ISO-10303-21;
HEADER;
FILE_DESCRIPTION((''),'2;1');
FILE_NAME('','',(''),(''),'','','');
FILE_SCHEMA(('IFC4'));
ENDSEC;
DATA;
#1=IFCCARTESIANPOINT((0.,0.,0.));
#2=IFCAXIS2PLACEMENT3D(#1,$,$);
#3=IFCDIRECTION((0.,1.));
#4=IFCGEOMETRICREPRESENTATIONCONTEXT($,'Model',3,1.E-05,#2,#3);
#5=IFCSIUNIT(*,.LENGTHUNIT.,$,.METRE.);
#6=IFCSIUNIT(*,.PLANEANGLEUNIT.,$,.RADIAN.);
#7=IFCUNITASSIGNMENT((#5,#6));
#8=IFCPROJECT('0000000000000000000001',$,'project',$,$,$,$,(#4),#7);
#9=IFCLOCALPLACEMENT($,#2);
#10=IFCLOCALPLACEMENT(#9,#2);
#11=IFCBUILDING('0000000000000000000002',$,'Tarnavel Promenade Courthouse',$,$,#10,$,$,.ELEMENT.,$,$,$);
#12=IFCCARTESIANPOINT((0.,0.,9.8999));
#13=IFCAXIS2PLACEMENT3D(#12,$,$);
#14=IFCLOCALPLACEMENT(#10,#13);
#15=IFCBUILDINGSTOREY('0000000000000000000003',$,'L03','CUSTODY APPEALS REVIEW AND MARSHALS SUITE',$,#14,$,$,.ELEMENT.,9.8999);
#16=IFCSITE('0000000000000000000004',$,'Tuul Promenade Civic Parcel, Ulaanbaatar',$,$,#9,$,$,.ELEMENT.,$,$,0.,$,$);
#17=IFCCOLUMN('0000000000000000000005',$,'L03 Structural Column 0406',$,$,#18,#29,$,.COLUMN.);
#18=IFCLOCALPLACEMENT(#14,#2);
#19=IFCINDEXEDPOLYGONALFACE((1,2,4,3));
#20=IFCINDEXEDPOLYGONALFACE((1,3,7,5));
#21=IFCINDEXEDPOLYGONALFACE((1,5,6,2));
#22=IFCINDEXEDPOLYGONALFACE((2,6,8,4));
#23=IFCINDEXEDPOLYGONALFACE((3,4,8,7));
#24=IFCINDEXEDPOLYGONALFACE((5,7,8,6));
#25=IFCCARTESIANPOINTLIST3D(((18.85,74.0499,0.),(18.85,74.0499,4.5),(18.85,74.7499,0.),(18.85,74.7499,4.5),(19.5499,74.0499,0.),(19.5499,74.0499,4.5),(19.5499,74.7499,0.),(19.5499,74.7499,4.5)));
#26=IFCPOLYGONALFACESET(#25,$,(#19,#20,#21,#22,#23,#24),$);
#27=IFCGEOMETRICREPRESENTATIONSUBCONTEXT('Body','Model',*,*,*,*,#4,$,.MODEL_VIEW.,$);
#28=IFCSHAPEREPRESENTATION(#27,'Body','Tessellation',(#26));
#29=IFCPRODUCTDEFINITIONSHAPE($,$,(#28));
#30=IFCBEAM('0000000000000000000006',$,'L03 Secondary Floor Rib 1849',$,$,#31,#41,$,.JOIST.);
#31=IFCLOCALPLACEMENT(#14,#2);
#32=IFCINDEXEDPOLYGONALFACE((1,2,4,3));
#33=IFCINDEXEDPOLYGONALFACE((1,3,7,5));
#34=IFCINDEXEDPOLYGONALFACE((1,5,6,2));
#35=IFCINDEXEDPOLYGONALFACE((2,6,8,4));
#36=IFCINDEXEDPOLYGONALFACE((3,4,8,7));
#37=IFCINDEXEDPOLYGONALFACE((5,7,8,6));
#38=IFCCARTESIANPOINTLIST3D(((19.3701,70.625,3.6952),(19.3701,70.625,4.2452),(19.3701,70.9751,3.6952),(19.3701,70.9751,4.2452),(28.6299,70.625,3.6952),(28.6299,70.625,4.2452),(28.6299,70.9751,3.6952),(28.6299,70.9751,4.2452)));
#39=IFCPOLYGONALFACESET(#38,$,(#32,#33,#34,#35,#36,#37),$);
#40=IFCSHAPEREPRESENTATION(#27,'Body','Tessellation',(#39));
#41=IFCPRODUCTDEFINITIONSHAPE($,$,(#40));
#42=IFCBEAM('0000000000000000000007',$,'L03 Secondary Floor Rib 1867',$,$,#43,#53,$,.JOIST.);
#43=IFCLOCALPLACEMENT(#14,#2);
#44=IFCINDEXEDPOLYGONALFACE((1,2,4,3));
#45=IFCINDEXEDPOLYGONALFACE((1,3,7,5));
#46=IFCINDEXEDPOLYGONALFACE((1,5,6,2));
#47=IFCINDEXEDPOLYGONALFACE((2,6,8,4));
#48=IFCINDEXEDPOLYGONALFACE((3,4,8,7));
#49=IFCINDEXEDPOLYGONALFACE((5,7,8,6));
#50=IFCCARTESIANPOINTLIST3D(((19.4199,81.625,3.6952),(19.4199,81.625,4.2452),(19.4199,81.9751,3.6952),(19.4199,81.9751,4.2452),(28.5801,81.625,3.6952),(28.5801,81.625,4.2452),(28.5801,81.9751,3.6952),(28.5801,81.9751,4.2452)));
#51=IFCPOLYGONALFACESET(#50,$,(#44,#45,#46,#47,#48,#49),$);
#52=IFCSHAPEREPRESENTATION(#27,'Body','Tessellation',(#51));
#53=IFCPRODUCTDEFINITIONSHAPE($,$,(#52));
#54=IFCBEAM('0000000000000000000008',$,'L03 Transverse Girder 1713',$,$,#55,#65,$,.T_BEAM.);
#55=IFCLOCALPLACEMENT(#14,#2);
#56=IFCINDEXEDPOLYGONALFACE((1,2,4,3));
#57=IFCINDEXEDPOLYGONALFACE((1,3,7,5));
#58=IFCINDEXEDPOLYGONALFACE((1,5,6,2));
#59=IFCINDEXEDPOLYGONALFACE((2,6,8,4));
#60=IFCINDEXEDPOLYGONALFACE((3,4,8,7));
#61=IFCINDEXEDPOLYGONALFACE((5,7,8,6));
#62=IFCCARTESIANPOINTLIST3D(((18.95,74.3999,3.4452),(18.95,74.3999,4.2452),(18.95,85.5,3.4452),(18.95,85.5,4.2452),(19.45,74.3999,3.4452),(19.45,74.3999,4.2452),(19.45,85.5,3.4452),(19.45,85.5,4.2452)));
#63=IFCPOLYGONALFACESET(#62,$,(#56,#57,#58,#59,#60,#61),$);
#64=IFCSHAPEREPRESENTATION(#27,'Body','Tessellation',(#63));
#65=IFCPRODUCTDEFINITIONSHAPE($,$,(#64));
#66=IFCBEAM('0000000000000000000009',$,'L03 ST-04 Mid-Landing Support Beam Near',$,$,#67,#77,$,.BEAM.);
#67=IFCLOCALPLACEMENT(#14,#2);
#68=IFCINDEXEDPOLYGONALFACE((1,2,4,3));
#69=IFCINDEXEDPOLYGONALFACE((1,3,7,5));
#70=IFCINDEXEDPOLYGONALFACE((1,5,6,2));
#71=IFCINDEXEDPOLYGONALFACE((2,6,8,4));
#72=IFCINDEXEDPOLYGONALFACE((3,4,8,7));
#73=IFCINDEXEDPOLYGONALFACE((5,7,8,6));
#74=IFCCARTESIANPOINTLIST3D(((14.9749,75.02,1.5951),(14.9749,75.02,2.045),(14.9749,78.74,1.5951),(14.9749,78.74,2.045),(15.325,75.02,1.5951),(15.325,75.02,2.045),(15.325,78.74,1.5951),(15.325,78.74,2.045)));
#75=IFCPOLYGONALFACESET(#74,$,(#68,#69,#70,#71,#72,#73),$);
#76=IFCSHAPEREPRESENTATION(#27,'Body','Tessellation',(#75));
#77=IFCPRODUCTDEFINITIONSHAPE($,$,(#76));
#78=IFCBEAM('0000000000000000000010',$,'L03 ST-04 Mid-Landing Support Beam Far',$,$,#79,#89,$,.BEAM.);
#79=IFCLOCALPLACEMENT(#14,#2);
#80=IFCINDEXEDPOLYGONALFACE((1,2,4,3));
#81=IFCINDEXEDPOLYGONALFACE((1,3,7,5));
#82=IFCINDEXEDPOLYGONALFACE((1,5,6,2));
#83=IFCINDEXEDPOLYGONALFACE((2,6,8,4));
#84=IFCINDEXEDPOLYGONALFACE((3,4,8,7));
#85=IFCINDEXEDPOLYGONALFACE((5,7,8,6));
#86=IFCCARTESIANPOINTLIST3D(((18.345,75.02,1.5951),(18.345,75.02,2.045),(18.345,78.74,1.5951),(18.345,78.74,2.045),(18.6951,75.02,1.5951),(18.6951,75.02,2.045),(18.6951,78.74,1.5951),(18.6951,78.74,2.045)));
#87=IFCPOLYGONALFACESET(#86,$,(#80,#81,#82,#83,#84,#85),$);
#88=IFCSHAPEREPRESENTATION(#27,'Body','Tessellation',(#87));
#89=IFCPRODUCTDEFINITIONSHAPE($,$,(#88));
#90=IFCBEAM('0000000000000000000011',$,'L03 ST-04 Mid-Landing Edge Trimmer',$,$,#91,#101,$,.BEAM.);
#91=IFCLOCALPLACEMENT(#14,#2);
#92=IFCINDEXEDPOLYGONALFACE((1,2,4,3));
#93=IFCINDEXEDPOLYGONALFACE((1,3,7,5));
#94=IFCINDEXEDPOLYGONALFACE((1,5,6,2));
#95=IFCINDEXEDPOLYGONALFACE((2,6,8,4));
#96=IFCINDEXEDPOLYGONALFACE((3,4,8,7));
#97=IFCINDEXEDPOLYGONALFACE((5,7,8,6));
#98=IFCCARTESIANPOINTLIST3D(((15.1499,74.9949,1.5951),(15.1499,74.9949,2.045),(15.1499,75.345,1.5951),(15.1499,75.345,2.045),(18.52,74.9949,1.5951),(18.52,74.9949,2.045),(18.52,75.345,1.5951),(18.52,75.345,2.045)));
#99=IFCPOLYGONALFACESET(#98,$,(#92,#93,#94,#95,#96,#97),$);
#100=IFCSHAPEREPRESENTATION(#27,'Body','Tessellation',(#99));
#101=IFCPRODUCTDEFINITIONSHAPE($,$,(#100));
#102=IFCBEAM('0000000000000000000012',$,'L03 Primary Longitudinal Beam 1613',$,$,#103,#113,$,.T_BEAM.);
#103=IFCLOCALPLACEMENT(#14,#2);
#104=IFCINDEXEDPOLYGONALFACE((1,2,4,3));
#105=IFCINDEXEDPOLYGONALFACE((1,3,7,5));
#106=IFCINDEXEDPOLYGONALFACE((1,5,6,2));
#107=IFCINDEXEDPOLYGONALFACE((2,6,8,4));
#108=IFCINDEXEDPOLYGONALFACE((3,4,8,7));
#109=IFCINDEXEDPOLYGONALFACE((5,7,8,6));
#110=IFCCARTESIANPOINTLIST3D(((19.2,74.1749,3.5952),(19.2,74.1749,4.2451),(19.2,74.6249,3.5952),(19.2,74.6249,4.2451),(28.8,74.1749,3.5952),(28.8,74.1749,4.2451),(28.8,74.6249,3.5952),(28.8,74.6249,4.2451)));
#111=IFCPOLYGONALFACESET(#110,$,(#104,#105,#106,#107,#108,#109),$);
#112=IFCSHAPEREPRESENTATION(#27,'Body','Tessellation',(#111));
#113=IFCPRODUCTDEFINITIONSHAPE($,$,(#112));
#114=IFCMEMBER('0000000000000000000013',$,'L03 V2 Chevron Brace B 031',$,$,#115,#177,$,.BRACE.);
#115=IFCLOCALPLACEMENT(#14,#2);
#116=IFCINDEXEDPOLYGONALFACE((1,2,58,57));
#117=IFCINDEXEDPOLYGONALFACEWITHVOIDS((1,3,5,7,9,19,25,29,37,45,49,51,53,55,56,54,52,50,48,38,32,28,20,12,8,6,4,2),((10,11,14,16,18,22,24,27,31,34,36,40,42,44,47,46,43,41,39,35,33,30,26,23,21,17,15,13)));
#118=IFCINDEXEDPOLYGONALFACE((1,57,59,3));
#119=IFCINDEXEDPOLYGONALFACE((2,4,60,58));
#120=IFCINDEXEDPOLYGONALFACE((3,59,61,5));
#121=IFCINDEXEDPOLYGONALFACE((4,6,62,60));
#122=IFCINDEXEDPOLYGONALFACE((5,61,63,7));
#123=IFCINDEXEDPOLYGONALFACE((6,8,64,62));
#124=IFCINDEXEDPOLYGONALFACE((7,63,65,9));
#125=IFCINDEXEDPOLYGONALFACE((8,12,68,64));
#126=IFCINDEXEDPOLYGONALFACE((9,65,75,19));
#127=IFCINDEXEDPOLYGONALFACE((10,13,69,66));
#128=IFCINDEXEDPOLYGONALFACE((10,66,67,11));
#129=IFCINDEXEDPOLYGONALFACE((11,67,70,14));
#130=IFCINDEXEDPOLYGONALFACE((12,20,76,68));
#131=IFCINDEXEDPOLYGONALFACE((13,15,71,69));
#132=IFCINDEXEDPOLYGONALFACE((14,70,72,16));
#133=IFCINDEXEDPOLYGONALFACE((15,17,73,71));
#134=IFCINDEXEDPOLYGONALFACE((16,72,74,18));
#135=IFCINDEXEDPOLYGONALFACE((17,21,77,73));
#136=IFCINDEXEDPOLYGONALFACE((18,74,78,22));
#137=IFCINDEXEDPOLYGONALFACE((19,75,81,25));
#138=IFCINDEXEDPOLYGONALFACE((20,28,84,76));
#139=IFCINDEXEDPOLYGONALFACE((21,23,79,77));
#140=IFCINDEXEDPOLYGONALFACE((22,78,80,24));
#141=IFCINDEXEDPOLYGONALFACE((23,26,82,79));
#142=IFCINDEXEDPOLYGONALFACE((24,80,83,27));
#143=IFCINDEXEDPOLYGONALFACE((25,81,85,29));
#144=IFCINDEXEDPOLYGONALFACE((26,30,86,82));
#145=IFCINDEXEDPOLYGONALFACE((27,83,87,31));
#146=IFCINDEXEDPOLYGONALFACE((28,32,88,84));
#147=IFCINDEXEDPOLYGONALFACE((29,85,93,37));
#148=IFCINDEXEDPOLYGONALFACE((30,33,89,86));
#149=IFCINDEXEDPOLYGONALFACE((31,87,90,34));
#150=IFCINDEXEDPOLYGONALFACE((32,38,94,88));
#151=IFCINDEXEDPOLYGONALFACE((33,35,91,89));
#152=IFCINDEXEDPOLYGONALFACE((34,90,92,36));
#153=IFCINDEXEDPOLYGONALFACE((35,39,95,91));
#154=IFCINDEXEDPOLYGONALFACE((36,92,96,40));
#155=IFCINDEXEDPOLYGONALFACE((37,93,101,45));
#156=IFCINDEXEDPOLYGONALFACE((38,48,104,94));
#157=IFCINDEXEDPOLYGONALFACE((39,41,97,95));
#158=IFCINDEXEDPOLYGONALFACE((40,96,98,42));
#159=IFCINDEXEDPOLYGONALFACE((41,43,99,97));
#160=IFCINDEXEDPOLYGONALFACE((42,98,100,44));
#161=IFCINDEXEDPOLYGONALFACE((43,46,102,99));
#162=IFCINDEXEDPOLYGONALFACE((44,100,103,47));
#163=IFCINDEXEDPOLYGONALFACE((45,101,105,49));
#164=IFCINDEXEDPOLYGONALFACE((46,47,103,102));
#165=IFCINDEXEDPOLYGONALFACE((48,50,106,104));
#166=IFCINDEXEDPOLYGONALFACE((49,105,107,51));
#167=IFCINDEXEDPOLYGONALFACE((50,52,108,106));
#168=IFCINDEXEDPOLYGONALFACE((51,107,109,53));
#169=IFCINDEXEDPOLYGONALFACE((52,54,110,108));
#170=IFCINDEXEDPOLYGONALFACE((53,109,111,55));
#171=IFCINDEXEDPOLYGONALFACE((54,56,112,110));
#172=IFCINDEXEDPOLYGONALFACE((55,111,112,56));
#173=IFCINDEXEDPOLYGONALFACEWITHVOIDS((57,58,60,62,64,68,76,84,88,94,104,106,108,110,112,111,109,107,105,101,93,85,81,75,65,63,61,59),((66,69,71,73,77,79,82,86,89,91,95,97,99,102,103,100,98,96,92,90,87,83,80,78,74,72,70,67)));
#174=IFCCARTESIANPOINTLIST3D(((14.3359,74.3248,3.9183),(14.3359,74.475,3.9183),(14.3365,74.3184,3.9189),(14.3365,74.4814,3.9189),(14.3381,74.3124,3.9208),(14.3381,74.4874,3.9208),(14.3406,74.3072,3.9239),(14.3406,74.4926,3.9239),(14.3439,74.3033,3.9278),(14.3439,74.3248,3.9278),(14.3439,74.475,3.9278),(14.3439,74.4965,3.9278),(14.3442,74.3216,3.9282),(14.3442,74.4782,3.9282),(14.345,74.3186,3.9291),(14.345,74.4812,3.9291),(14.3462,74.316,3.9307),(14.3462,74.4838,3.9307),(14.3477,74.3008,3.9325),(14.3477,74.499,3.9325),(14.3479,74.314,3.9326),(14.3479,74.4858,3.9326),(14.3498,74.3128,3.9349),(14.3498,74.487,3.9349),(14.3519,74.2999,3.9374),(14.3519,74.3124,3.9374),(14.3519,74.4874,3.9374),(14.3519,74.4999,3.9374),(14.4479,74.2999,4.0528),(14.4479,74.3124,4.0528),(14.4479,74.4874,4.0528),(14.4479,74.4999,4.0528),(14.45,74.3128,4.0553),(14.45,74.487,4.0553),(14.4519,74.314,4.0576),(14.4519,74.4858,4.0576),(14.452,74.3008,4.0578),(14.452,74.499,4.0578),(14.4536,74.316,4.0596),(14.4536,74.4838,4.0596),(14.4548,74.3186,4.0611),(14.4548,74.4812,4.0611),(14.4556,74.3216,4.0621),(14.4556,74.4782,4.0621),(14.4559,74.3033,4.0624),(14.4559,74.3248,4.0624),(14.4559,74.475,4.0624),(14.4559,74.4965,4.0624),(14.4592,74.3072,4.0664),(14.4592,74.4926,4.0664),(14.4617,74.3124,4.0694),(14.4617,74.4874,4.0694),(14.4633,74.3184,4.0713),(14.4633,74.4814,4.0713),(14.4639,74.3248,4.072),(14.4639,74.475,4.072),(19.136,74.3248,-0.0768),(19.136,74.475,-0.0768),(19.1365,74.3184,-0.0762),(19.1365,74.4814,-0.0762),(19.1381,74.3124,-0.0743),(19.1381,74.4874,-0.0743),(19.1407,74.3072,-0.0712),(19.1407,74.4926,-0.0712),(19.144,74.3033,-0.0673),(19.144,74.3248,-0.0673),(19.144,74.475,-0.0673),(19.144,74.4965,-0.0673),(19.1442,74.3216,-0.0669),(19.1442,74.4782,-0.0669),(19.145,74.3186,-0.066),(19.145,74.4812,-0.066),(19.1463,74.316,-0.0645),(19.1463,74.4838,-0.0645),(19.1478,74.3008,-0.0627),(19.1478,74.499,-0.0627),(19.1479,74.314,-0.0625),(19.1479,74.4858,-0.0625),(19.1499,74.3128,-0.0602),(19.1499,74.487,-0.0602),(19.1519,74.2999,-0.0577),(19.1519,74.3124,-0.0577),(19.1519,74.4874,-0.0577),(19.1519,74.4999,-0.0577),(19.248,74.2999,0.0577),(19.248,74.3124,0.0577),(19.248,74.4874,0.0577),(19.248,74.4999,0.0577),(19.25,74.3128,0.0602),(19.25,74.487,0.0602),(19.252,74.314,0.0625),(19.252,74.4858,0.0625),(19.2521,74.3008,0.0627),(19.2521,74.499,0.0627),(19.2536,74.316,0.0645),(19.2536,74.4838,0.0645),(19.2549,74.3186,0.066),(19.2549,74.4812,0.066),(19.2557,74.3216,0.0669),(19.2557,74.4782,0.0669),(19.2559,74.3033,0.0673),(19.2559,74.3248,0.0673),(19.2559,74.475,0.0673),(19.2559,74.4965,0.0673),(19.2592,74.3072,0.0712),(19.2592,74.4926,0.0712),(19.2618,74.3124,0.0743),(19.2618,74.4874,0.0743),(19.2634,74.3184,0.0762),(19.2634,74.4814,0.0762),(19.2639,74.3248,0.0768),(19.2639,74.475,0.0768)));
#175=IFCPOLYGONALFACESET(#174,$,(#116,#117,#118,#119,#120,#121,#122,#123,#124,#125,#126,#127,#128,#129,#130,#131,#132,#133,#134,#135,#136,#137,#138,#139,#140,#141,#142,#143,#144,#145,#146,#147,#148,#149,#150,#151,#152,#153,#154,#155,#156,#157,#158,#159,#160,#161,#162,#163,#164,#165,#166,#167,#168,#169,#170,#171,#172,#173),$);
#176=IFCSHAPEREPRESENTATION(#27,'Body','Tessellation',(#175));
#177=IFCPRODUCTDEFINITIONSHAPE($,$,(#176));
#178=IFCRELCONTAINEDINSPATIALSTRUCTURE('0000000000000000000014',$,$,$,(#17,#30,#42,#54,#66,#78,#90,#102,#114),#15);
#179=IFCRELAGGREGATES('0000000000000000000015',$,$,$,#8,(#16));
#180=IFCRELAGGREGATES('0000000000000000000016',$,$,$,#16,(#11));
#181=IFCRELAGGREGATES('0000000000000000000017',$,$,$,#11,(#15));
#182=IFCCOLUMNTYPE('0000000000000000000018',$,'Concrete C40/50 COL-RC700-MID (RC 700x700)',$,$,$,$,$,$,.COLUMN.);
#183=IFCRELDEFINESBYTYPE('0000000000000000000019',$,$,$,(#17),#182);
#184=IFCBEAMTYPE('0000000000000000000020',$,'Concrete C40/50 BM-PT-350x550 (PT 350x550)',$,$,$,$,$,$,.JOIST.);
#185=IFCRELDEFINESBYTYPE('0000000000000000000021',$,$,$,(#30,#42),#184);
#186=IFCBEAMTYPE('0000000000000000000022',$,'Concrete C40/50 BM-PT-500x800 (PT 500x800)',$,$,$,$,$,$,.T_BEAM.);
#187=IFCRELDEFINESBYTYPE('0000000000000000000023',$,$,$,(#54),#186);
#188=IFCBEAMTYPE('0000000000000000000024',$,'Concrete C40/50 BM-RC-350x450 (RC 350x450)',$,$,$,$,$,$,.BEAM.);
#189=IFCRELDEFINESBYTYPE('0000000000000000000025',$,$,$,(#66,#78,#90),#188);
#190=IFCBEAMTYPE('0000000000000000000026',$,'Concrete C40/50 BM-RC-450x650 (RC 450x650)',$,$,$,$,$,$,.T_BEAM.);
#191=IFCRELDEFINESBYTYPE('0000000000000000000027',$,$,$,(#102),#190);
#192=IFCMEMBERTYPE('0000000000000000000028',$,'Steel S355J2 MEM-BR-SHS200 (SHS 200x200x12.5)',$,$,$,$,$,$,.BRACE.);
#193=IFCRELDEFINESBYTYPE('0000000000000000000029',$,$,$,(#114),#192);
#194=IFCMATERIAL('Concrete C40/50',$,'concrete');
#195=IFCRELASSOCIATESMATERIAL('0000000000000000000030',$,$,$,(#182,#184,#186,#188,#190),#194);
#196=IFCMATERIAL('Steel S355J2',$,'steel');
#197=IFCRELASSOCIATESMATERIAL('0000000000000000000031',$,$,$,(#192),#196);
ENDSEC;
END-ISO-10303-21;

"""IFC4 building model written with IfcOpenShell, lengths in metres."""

from ifc_helpers import new_model, si_unit, direction, frame, origin, origin_2d, place, context, subcontext, project, spatial, rectangle, hollow_rectangle, extrude, material, material_profile, profile_set, type_object, element, save


model = new_model("IFC4")

# Units and contexts
model_context = context("Model", 3, precision=1e-05, world=origin(), true_north=direction((0.0, 1.0)))
body_context = subcontext(model_context, "Body", "Model", "MODEL_VIEW")
ifc_project = project(units=[si_unit("LENGTHUNIT", "METRE"), si_unit("PLANEANGLEUNIT", "RADIAN")], contexts=[model_context])

# Site, building, storey
site_placement = place(None, origin())
site = spatial("IfcSite", under=ifc_project, at=site_placement, Name="Tuul Promenade Civic Parcel, Ulaanbaatar", CompositionType="ELEMENT", RefElevation=0.0)
building_placement = place(site_placement, origin())
building = spatial("IfcBuilding", under=site, at=building_placement, Name="Tarnavel Promenade Courthouse", CompositionType="ELEMENT")
storey_placement = place(building_placement, frame((0.0, 0.0, 9.8999)))
storey = spatial("IfcBuildingStorey", under=building, at=storey_placement, Name="L03", Description="CUSTODY APPEALS REVIEW AND MARSHALS SUITE", CompositionType="ELEMENT", Elevation=9.8999)

# Column
ifc_material_1 = material(Name="Concrete C40/50", Category="concrete")
ifc_material_profile_1 = material_profile(ifc_material_1, rectangle(XDim=0.7, YDim=0.7, at=origin_2d()), Name="RC 700x700")
ifc_profile_set_1 = profile_set([ifc_material_profile_1], Name="Concrete C40/50")
column_type = type_object("IfcColumnType", Name="Concrete C40/50 COL-RC700-MID (RC 700x700)", PredefinedType="COLUMN", material=ifc_profile_set_1)
column_placement = place(storey_placement, frame((19.2, 74.3999, 0.0), z_axis=(0.0, 0.0, 1.0), x_axis=(1.0, 0.0, 0.0)))
element("IfcColumn", 1, at=column_placement, inside=storey, type_object=column_type, Name="L03 Structural Column 0406", PredefinedType="COLUMN", context=body_context, shape_type="SweptSolid", body=[
    extrude(rectangle(XDim=0.7, YDim=0.7, at=origin_2d()), origin(), (0.0, 0.0, 1.0), 4.5),
])

# Beams
ifc_material_profile_2 = material_profile(ifc_material_1, rectangle(XDim=0.3501, YDim=0.55, at=origin_2d()), Name="PT 350x550")
ifc_profile_set_2 = profile_set([ifc_material_profile_2], Name="Concrete C40/50")
beam_type_1 = type_object("IfcBeamType", Name="Concrete C40/50 BM-PT-350x550 (PT 350x550)", PredefinedType="JOIST", material=ifc_profile_set_2)
beam_1_placement = place(storey_placement, frame((19.3701, 70.8, 3.9702), z_axis=(1.0, 0.0, 0.0), x_axis=(0.0, 1.0, 0.0)))
element("IfcBeam", 2, at=beam_1_placement, inside=storey, type_object=beam_type_1, Name="L03 Secondary Floor Rib 1849", PredefinedType="JOIST", context=body_context, shape_type="SweptSolid", body=[
    extrude(rectangle(XDim=0.3501, YDim=0.55, at=origin_2d()), origin(), (0.0, 0.0, 1.0), 9.2598),
])
beam_2_placement = place(storey_placement, frame((19.4199, 81.8, 3.9702), z_axis=(1.0, 0.0, 0.0), x_axis=(0.0, 1.0, 0.0)))
element("IfcBeam", 3, at=beam_2_placement, inside=storey, type_object=beam_type_1, Name="L03 Secondary Floor Rib 1867", PredefinedType="JOIST", context=body_context, shape_type="SweptSolid", body=[
    extrude(rectangle(XDim=0.3501, YDim=0.55, at=origin_2d()), origin(), (0.0, 0.0, 1.0), 9.1602),
])
ifc_material_profile_3 = material_profile(ifc_material_1, rectangle(XDim=0.5, YDim=0.8, at=origin_2d()), Name="PT 500x800")
ifc_profile_set_3 = profile_set([ifc_material_profile_3], Name="Concrete C40/50")
beam_type_2 = type_object("IfcBeamType", Name="Concrete C40/50 BM-PT-500x800 (PT 500x800)", PredefinedType="T_BEAM", material=ifc_profile_set_3)
beam_3_placement = place(storey_placement, frame((19.2, 74.3999, 3.8452), z_axis=(0.0, 1.0, 0.0), x_axis=(-1.0, 0.0, 0.0)))
element("IfcBeam", 4, at=beam_3_placement, inside=storey, type_object=beam_type_2, Name="L03 Transverse Girder 1713", PredefinedType="T_BEAM", context=body_context, shape_type="SweptSolid", body=[
    extrude(rectangle(XDim=0.5, YDim=0.8, at=origin_2d()), origin(), (0.0, 0.0, 1.0), 11.1001),
])
ifc_material_profile_4 = material_profile(ifc_material_1, rectangle(XDim=0.3501, YDim=0.45, at=origin_2d()), Name="RC 350x450")
ifc_profile_set_4 = profile_set([ifc_material_profile_4], Name="Concrete C40/50")
beam_type_3 = type_object("IfcBeamType", Name="Concrete C40/50 BM-RC-350x450 (RC 350x450)", PredefinedType="BEAM", material=ifc_profile_set_4)
for number, where, z_axis, x_axis, name in (
    (5, (15.1499, 75.02, 1.8201), (0.0, 1.0, 0.0), (-1.0, 0.0, 0.0), "L03 ST-04 Mid-Landing Support Beam Near"),
    (6, (18.52, 75.02, 1.8201), (0.0, 1.0, 0.0), (-1.0, 0.0, 0.0), "L03 ST-04 Mid-Landing Support Beam Far"),
):
    element("IfcBeam", number, at=place(storey_placement, frame(where, z_axis=z_axis, x_axis=x_axis)), inside=storey, type_object=beam_type_3, Name=name, PredefinedType="BEAM", context=body_context, shape_type="SweptSolid", body=[
        extrude(rectangle(XDim=0.3501, YDim=0.45, at=origin_2d()), origin(), (0.0, 0.0, 1.0), 3.72),
    ])
beam_4_placement = place(storey_placement, frame((15.1499, 75.1699, 1.8201), z_axis=(1.0, 0.0, 0.0), x_axis=(0.0, 1.0, 0.0)))
element("IfcBeam", 7, at=beam_4_placement, inside=storey, type_object=beam_type_3, Name="L03 ST-04 Mid-Landing Edge Trimmer", PredefinedType="BEAM", context=body_context, shape_type="SweptSolid", body=[
    extrude(rectangle(XDim=0.3501, YDim=0.45, at=origin_2d()), origin(), (0.0, 0.0, 1.0), 3.3701),
])
ifc_material_profile_5 = material_profile(ifc_material_1, rectangle(XDim=0.45, YDim=0.6499, at=origin_2d()), Name="RC 450x650")
ifc_profile_set_5 = profile_set([ifc_material_profile_5], Name="Concrete C40/50")
beam_type_4 = type_object("IfcBeamType", Name="Concrete C40/50 BM-RC-450x650 (RC 450x650)", PredefinedType="T_BEAM", material=ifc_profile_set_5)
beam_5_placement = place(storey_placement, frame((19.2, 74.3999, 3.9202), z_axis=(1.0, 0.0, 0.0), x_axis=(0.0, 1.0, 0.0)))
element("IfcBeam", 8, at=beam_5_placement, inside=storey, type_object=beam_type_4, Name="L03 Primary Longitudinal Beam 1613", PredefinedType="T_BEAM", context=body_context, shape_type="SweptSolid", body=[
    extrude(rectangle(XDim=0.45, YDim=0.6499, at=origin_2d()), origin(), (0.0, 0.0, 1.0), 9.6001),
])

# Member
ifc_material_2 = material(Name="Steel S355J2", Category="steel")
ifc_material_profile_6 = material_profile(ifc_material_2, hollow_rectangle(XDim=0.2, YDim=0.2, WallThickness=0.0125, InnerFilletRadius=0.0125, OuterFilletRadius=0.0249, at=origin_2d()), Name="SHS 200x200x12.5")
ifc_profile_set_6 = profile_set([ifc_material_profile_6], Name="Steel S355J2")
member_type = type_object("IfcMemberType", Name="Steel S355J2 MEM-BR-SHS200 (SHS 200x200x12.5)", PredefinedType="BRACE", material=ifc_profile_set_6)
member_placement = place(storey_placement, frame((19.2, 74.3999, 0.0), z_axis=(-0.768609, 0.0, 0.639719), x_axis=(0.0, -1.0, 0.0)))
element("IfcMember", 9, at=member_placement, inside=storey, type_object=member_type, Name="L03 V2 Chevron Brace B 031", PredefinedType="BRACE", context=body_context, shape_type="SweptSolid", body=[
    extrude(hollow_rectangle(XDim=0.2, YDim=0.2, WallThickness=0.0125, InnerFilletRadius=0.0125, OuterFilletRadius=0.0249, at=origin_2d()), origin(), (0.0, 0.0, 1.0), 6.2451),
])

save(model, "model.ifc")
